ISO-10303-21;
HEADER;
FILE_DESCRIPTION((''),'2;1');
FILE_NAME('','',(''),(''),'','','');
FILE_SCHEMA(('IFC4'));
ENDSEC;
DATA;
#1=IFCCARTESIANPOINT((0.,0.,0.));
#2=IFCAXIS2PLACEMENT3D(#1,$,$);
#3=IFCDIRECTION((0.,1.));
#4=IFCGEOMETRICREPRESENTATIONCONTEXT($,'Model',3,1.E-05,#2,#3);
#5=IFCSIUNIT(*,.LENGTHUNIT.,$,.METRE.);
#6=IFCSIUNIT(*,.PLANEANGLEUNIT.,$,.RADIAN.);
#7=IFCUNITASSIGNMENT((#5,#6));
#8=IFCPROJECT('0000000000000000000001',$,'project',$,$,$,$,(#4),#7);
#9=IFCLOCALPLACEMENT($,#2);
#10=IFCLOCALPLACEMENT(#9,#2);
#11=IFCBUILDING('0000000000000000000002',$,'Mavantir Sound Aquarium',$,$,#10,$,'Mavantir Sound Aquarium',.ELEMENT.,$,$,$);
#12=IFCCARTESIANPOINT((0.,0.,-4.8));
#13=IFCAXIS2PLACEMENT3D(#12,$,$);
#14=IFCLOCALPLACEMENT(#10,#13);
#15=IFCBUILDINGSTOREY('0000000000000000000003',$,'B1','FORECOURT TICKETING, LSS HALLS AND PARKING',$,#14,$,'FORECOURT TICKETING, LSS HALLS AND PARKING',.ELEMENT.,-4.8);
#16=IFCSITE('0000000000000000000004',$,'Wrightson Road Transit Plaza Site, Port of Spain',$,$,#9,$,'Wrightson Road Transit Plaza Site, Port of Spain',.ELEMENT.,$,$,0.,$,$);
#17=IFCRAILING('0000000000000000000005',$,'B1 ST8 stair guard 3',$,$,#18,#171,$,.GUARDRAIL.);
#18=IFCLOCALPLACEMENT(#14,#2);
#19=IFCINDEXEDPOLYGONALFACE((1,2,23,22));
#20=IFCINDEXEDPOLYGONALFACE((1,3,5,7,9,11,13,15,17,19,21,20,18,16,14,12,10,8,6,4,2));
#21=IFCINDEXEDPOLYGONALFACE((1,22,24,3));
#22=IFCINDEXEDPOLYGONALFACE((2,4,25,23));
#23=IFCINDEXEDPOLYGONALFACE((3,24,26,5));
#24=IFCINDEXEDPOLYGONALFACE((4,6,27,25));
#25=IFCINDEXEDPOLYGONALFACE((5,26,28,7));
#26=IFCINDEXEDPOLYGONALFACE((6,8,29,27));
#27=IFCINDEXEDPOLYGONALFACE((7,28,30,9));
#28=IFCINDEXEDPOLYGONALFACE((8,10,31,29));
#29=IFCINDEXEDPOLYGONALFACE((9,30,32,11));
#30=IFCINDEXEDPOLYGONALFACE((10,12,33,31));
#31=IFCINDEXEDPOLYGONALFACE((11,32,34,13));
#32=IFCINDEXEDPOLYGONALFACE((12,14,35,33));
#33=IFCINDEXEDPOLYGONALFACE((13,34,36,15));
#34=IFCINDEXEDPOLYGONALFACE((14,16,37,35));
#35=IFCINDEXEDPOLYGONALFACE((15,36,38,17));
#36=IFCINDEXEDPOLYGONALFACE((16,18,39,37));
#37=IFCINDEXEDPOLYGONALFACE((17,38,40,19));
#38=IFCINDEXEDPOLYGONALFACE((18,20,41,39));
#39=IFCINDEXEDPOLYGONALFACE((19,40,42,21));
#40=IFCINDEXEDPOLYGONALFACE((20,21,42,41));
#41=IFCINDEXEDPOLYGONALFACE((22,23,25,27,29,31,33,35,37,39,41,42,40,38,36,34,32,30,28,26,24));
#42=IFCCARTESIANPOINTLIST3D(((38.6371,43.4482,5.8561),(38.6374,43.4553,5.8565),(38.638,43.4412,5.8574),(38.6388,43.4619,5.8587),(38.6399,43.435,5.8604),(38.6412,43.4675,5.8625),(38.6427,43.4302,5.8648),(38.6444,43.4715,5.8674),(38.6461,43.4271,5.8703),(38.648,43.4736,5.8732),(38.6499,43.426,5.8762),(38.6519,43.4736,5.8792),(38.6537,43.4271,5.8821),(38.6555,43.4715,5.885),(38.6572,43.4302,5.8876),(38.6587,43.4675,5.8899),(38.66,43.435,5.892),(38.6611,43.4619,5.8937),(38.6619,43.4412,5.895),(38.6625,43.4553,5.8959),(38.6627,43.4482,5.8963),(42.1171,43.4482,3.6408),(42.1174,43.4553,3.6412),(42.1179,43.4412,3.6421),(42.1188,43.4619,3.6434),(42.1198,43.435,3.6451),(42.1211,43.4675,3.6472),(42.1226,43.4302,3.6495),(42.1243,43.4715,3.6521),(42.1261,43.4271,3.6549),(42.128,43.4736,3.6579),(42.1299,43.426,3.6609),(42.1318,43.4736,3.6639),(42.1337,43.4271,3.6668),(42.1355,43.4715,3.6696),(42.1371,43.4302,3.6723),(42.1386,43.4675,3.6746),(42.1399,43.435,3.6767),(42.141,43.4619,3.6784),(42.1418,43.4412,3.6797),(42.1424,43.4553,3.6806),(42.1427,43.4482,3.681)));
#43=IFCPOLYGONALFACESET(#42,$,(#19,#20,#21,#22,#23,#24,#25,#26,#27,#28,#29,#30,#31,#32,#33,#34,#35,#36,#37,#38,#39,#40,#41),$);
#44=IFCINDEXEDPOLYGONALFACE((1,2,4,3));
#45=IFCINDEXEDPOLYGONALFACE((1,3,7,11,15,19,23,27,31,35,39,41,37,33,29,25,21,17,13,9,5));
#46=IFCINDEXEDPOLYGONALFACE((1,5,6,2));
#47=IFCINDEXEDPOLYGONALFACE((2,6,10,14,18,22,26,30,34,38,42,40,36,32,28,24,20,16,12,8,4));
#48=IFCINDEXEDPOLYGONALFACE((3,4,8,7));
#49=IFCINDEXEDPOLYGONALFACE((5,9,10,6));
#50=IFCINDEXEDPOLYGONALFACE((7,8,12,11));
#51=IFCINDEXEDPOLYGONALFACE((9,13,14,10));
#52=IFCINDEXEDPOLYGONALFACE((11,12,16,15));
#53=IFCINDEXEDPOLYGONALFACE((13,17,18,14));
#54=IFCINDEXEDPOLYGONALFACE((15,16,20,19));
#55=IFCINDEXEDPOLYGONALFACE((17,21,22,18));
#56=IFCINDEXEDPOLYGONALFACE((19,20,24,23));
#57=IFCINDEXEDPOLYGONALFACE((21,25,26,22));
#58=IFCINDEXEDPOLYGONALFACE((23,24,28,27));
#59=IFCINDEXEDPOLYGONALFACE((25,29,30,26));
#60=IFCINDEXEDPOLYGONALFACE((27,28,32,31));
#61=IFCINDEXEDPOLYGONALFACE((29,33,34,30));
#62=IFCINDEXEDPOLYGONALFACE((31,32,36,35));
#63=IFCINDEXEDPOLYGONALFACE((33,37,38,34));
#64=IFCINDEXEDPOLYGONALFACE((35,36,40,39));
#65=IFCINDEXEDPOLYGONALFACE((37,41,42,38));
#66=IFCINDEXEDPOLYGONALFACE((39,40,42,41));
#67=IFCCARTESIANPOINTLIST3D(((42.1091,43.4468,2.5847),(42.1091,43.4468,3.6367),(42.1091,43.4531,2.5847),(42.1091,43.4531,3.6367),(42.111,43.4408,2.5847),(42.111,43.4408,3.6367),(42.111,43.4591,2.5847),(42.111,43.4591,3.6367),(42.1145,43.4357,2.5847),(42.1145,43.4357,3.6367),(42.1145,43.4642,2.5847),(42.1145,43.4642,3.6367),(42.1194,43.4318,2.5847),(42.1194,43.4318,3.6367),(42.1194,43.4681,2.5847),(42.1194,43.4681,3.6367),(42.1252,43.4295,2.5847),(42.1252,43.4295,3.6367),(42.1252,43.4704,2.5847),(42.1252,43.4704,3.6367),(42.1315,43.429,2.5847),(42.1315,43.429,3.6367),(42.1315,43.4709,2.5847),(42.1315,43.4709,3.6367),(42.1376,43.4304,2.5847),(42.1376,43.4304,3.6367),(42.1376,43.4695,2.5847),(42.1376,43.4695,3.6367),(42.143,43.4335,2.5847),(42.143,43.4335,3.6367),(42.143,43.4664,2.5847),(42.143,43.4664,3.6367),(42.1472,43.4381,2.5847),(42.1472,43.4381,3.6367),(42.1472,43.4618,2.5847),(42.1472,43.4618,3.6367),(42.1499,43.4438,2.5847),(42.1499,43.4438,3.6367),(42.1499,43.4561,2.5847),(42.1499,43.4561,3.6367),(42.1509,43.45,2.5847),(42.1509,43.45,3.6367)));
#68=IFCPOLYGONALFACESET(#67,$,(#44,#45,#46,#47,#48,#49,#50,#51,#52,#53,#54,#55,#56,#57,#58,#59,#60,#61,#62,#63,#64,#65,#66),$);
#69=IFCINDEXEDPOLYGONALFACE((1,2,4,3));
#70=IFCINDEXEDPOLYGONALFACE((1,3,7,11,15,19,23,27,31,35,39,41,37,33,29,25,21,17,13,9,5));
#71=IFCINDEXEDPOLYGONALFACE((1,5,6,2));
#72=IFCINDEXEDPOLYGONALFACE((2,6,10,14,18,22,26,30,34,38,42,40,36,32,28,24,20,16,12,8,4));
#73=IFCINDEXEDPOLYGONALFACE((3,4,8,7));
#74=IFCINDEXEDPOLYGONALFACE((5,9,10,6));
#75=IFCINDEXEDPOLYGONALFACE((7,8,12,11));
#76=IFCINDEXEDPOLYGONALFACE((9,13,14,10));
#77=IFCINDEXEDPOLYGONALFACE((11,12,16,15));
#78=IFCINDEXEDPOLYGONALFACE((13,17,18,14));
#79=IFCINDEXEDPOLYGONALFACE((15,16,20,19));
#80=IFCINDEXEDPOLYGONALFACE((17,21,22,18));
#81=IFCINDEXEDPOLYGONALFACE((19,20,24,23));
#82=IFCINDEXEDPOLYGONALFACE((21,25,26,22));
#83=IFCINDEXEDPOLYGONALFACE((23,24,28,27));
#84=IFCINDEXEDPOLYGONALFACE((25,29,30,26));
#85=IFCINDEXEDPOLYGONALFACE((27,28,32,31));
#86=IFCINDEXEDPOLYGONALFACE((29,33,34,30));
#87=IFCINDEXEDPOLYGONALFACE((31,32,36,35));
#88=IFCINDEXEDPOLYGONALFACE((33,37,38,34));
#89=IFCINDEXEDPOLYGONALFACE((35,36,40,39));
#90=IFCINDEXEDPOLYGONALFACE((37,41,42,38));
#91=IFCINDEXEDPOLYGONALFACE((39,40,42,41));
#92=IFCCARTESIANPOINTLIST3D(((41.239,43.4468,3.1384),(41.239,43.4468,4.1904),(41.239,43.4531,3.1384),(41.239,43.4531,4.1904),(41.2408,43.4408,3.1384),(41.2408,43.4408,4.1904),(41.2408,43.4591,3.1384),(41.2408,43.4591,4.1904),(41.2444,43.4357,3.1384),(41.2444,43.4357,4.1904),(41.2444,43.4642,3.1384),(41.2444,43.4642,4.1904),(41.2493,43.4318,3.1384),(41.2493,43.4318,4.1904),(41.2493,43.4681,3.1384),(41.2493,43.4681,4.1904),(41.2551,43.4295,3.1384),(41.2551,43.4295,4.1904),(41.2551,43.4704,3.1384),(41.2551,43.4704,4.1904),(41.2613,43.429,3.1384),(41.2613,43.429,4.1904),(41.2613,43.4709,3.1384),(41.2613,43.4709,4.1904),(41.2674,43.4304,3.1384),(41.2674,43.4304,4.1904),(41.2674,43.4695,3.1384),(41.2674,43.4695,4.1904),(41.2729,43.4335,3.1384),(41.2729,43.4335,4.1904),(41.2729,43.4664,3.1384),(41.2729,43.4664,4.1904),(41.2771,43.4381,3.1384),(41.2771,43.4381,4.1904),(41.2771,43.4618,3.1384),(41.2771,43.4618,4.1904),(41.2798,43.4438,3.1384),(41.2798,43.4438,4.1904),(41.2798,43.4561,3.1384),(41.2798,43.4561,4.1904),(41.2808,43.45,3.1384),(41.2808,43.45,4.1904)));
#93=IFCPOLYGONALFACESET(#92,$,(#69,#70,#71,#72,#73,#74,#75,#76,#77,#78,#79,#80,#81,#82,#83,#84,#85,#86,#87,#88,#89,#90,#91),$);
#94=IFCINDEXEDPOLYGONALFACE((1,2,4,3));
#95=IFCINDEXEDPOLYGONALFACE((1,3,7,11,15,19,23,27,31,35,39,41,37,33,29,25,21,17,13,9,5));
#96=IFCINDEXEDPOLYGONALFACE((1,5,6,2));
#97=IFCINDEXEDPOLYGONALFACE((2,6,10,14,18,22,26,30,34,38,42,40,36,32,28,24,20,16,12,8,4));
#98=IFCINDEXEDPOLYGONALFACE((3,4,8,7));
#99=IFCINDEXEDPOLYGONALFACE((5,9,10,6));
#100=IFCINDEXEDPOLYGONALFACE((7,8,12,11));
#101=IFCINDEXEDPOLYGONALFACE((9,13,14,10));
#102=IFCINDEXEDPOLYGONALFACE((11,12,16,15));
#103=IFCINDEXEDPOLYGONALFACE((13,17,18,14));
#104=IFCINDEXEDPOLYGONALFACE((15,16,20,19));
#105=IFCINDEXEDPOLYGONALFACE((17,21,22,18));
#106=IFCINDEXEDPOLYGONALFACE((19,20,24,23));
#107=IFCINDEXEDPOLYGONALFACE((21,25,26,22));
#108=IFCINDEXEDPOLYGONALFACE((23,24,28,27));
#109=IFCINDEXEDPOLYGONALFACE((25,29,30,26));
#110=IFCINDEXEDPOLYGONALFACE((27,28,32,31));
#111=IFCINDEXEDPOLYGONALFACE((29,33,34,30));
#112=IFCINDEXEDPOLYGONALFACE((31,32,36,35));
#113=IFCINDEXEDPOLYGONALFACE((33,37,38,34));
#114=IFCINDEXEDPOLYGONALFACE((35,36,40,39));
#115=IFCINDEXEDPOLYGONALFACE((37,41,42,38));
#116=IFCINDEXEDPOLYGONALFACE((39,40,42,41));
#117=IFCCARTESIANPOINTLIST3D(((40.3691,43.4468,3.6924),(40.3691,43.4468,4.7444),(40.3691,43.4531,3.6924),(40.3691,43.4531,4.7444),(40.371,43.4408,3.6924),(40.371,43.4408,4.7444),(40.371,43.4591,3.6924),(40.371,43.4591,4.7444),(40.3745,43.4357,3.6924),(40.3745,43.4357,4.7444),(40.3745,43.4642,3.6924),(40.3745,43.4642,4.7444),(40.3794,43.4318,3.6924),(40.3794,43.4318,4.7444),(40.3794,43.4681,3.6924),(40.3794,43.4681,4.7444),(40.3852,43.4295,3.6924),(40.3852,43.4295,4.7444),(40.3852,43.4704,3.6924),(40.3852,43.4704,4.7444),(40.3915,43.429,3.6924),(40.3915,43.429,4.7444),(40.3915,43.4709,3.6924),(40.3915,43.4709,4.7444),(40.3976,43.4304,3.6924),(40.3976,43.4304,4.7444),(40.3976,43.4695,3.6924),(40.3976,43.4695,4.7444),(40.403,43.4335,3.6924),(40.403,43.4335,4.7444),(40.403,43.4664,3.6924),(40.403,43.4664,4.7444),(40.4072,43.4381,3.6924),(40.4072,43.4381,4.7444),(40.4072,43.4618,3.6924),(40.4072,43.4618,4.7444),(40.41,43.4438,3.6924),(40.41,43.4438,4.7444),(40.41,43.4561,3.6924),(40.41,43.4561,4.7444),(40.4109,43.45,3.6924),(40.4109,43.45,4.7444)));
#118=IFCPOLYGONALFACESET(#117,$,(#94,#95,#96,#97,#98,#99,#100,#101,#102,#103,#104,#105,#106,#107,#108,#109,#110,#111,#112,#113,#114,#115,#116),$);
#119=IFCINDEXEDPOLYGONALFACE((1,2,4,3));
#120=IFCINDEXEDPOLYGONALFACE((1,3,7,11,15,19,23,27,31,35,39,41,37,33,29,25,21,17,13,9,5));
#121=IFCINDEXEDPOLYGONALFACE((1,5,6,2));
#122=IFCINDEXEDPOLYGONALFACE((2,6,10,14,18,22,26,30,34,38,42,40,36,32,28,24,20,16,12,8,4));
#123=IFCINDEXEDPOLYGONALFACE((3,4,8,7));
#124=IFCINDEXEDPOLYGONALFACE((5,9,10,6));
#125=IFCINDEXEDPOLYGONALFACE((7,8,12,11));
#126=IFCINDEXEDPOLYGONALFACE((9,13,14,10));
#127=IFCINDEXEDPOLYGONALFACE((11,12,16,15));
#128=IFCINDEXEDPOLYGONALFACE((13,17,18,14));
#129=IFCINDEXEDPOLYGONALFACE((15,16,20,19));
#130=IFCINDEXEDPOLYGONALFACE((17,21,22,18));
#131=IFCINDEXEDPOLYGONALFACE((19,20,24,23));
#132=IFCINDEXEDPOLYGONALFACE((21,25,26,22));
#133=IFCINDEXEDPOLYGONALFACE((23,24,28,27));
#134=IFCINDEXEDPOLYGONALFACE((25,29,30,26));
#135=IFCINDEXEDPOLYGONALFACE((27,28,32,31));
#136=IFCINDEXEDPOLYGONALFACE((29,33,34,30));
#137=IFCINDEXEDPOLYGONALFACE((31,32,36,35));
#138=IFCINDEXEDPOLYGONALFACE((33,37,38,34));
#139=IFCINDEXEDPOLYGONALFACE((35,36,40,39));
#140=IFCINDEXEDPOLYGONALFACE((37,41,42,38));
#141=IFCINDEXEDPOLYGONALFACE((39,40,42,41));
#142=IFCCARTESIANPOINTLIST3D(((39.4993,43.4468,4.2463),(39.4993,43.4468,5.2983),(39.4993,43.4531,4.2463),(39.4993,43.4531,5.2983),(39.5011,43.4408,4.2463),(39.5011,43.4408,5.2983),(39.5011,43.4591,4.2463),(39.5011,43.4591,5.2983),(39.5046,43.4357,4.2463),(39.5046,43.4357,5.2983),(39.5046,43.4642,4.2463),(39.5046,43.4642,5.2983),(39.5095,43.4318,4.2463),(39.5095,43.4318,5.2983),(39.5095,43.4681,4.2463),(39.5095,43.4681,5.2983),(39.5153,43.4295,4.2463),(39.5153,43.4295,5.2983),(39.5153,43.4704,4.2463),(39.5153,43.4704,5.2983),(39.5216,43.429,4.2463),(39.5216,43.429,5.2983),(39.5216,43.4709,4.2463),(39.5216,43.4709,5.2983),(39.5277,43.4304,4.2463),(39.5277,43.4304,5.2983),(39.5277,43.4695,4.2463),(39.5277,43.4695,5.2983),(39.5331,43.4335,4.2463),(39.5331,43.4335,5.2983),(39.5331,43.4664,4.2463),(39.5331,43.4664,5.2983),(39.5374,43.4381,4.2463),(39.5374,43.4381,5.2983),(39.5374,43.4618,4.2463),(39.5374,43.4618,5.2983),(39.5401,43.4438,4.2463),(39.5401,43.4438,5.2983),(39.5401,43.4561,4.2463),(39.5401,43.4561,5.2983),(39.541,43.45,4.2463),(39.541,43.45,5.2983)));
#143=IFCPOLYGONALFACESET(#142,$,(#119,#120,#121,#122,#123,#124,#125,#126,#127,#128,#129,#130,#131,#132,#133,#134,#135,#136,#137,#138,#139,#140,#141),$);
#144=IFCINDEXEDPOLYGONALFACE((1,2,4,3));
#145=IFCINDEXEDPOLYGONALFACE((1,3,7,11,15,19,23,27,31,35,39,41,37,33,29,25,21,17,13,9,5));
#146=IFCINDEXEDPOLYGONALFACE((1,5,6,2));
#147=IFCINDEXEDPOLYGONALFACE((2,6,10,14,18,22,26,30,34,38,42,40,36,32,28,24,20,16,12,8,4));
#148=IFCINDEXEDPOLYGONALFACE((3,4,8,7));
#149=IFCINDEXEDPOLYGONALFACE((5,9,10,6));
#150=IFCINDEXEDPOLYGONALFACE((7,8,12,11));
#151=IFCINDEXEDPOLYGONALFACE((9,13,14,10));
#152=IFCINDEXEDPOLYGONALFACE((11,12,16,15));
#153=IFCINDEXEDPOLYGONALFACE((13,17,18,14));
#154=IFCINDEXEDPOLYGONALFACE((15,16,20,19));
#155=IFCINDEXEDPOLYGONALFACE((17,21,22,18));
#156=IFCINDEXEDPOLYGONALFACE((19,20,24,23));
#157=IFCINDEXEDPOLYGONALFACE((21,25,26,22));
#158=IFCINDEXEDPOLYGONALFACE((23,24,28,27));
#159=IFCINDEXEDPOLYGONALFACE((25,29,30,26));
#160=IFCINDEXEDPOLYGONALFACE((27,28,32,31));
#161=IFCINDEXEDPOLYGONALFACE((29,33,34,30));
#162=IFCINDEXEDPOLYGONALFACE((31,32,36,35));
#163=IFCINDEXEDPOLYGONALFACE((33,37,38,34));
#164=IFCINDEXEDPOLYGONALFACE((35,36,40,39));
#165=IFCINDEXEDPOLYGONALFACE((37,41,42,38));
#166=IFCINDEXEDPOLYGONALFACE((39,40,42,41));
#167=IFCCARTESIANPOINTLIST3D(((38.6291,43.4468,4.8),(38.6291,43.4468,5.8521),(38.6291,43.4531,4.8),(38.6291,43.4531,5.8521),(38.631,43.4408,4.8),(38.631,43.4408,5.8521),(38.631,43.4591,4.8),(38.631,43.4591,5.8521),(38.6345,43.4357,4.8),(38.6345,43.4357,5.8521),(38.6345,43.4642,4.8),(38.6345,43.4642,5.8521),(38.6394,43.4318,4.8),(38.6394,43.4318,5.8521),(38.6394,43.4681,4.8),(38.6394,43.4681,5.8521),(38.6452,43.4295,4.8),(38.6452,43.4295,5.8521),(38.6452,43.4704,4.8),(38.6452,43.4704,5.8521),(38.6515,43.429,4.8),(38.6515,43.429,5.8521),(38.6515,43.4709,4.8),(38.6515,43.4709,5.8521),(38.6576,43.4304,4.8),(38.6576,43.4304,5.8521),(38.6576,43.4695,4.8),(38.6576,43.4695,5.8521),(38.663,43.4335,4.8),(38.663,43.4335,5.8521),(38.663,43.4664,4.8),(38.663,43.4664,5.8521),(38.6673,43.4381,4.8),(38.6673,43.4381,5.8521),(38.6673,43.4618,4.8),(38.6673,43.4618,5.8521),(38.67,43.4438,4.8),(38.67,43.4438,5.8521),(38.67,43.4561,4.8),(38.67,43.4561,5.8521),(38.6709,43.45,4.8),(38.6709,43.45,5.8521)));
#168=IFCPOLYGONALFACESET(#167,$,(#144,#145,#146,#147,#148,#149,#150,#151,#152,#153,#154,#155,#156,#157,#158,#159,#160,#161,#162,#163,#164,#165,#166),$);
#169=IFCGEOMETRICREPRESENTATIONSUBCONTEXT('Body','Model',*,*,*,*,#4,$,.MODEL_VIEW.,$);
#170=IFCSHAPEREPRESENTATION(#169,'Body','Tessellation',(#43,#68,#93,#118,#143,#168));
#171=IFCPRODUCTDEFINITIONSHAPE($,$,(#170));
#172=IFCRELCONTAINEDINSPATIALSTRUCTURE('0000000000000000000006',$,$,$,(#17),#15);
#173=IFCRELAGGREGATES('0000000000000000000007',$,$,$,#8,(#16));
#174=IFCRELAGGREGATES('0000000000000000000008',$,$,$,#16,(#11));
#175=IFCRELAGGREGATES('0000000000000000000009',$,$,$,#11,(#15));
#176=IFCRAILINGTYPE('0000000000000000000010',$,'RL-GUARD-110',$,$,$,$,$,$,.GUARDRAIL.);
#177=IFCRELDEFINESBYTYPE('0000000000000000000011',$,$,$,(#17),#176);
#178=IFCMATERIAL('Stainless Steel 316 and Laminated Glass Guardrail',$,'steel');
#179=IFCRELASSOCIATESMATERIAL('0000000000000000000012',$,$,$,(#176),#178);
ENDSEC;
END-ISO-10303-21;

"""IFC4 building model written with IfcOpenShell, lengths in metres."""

from ifc_helpers import new_model, si_unit, direction, frame, origin, origin_2d, place, context, subcontext, project, spatial, circle, extrude, material, type_object, element, save


model = new_model("IFC4")

# Units and contexts
model_context = context("Model", 3, precision=1e-05, world=origin(), true_north=direction((0.0, 1.0)))
body_context = subcontext(model_context, "Body", "Model", "MODEL_VIEW")
ifc_project = project(units=[si_unit("LENGTHUNIT", "METRE"), si_unit("PLANEANGLEUNIT", "RADIAN")], contexts=[model_context])

# Site, building, storey
site_placement = place(None, origin())
site = spatial("IfcSite", under=ifc_project, at=site_placement, Name="Wrightson Road Transit Plaza Site, Port of Spain", LongName="Wrightson Road Transit Plaza Site, Port of Spain", CompositionType="ELEMENT", RefElevation=0.0)
building_placement = place(site_placement, origin())
building = spatial("IfcBuilding", under=site, at=building_placement, Name="Mavantir Sound Aquarium", LongName="Mavantir Sound Aquarium", CompositionType="ELEMENT")
storey_placement = place(building_placement, frame((0.0, 0.0, -4.8)))
storey = spatial("IfcBuildingStorey", under=building, at=storey_placement, Name="B1", Description="FORECOURT TICKETING, LSS HALLS AND PARKING", LongName="FORECOURT TICKETING, LSS HALLS AND PARKING", CompositionType="ELEMENT", Elevation=-4.8)

# Railing
ifc_material_1 = material(Name="Stainless Steel 316 and Laminated Glass Guardrail", Category="steel")
railing_type_1 = type_object("IfcRailingType", Name="RL-GUARD-110", PredefinedType="GUARDRAIL", material=ifc_material_1)
railing_1_placement = place(storey_placement, frame((42.1299, 43.45, 2.5847)))
element("IfcRailing", 1, at=railing_1_placement, inside=storey, type_object=railing_type_1, Name="B1 ST8 stair guard 3", PredefinedType="GUARDRAIL", context=body_context, shape_type="SweptSolid", body=[
    extrude(circle(Radius=0.0239, at=origin_2d()), frame((0.0, 0.0, 1.0762), z_axis=(-0.843574, 0.0, 0.537013), x_axis=(0.0, -1.0, 0.0)), (0.0, 0.0, 1.0), 4.1252),
    extrude(circle(Radius=0.021, at=origin_2d()), origin(), (0.0, 0.0, 1.0), 1.052),
    extrude(circle(Radius=0.021, at=origin_2d()), frame((-0.8701, 0.0, 0.5537)), (0.0, 0.0, 1.0), 1.052),
    extrude(circle(Radius=0.021, at=origin_2d()), frame((-1.74, 0.0, 1.1077)), (0.0, 0.0, 1.0), 1.052),
    extrude(circle(Radius=0.021, at=origin_2d()), frame((-2.6099, 0.0, 1.6616)), (0.0, 0.0, 1.0), 1.052),
    extrude(circle(Radius=0.021, at=origin_2d()), frame((-3.48, 0.0, 2.2153)), (0.0, 0.0, 1.0), 1.052),
])

save(model, "model.ifc")
